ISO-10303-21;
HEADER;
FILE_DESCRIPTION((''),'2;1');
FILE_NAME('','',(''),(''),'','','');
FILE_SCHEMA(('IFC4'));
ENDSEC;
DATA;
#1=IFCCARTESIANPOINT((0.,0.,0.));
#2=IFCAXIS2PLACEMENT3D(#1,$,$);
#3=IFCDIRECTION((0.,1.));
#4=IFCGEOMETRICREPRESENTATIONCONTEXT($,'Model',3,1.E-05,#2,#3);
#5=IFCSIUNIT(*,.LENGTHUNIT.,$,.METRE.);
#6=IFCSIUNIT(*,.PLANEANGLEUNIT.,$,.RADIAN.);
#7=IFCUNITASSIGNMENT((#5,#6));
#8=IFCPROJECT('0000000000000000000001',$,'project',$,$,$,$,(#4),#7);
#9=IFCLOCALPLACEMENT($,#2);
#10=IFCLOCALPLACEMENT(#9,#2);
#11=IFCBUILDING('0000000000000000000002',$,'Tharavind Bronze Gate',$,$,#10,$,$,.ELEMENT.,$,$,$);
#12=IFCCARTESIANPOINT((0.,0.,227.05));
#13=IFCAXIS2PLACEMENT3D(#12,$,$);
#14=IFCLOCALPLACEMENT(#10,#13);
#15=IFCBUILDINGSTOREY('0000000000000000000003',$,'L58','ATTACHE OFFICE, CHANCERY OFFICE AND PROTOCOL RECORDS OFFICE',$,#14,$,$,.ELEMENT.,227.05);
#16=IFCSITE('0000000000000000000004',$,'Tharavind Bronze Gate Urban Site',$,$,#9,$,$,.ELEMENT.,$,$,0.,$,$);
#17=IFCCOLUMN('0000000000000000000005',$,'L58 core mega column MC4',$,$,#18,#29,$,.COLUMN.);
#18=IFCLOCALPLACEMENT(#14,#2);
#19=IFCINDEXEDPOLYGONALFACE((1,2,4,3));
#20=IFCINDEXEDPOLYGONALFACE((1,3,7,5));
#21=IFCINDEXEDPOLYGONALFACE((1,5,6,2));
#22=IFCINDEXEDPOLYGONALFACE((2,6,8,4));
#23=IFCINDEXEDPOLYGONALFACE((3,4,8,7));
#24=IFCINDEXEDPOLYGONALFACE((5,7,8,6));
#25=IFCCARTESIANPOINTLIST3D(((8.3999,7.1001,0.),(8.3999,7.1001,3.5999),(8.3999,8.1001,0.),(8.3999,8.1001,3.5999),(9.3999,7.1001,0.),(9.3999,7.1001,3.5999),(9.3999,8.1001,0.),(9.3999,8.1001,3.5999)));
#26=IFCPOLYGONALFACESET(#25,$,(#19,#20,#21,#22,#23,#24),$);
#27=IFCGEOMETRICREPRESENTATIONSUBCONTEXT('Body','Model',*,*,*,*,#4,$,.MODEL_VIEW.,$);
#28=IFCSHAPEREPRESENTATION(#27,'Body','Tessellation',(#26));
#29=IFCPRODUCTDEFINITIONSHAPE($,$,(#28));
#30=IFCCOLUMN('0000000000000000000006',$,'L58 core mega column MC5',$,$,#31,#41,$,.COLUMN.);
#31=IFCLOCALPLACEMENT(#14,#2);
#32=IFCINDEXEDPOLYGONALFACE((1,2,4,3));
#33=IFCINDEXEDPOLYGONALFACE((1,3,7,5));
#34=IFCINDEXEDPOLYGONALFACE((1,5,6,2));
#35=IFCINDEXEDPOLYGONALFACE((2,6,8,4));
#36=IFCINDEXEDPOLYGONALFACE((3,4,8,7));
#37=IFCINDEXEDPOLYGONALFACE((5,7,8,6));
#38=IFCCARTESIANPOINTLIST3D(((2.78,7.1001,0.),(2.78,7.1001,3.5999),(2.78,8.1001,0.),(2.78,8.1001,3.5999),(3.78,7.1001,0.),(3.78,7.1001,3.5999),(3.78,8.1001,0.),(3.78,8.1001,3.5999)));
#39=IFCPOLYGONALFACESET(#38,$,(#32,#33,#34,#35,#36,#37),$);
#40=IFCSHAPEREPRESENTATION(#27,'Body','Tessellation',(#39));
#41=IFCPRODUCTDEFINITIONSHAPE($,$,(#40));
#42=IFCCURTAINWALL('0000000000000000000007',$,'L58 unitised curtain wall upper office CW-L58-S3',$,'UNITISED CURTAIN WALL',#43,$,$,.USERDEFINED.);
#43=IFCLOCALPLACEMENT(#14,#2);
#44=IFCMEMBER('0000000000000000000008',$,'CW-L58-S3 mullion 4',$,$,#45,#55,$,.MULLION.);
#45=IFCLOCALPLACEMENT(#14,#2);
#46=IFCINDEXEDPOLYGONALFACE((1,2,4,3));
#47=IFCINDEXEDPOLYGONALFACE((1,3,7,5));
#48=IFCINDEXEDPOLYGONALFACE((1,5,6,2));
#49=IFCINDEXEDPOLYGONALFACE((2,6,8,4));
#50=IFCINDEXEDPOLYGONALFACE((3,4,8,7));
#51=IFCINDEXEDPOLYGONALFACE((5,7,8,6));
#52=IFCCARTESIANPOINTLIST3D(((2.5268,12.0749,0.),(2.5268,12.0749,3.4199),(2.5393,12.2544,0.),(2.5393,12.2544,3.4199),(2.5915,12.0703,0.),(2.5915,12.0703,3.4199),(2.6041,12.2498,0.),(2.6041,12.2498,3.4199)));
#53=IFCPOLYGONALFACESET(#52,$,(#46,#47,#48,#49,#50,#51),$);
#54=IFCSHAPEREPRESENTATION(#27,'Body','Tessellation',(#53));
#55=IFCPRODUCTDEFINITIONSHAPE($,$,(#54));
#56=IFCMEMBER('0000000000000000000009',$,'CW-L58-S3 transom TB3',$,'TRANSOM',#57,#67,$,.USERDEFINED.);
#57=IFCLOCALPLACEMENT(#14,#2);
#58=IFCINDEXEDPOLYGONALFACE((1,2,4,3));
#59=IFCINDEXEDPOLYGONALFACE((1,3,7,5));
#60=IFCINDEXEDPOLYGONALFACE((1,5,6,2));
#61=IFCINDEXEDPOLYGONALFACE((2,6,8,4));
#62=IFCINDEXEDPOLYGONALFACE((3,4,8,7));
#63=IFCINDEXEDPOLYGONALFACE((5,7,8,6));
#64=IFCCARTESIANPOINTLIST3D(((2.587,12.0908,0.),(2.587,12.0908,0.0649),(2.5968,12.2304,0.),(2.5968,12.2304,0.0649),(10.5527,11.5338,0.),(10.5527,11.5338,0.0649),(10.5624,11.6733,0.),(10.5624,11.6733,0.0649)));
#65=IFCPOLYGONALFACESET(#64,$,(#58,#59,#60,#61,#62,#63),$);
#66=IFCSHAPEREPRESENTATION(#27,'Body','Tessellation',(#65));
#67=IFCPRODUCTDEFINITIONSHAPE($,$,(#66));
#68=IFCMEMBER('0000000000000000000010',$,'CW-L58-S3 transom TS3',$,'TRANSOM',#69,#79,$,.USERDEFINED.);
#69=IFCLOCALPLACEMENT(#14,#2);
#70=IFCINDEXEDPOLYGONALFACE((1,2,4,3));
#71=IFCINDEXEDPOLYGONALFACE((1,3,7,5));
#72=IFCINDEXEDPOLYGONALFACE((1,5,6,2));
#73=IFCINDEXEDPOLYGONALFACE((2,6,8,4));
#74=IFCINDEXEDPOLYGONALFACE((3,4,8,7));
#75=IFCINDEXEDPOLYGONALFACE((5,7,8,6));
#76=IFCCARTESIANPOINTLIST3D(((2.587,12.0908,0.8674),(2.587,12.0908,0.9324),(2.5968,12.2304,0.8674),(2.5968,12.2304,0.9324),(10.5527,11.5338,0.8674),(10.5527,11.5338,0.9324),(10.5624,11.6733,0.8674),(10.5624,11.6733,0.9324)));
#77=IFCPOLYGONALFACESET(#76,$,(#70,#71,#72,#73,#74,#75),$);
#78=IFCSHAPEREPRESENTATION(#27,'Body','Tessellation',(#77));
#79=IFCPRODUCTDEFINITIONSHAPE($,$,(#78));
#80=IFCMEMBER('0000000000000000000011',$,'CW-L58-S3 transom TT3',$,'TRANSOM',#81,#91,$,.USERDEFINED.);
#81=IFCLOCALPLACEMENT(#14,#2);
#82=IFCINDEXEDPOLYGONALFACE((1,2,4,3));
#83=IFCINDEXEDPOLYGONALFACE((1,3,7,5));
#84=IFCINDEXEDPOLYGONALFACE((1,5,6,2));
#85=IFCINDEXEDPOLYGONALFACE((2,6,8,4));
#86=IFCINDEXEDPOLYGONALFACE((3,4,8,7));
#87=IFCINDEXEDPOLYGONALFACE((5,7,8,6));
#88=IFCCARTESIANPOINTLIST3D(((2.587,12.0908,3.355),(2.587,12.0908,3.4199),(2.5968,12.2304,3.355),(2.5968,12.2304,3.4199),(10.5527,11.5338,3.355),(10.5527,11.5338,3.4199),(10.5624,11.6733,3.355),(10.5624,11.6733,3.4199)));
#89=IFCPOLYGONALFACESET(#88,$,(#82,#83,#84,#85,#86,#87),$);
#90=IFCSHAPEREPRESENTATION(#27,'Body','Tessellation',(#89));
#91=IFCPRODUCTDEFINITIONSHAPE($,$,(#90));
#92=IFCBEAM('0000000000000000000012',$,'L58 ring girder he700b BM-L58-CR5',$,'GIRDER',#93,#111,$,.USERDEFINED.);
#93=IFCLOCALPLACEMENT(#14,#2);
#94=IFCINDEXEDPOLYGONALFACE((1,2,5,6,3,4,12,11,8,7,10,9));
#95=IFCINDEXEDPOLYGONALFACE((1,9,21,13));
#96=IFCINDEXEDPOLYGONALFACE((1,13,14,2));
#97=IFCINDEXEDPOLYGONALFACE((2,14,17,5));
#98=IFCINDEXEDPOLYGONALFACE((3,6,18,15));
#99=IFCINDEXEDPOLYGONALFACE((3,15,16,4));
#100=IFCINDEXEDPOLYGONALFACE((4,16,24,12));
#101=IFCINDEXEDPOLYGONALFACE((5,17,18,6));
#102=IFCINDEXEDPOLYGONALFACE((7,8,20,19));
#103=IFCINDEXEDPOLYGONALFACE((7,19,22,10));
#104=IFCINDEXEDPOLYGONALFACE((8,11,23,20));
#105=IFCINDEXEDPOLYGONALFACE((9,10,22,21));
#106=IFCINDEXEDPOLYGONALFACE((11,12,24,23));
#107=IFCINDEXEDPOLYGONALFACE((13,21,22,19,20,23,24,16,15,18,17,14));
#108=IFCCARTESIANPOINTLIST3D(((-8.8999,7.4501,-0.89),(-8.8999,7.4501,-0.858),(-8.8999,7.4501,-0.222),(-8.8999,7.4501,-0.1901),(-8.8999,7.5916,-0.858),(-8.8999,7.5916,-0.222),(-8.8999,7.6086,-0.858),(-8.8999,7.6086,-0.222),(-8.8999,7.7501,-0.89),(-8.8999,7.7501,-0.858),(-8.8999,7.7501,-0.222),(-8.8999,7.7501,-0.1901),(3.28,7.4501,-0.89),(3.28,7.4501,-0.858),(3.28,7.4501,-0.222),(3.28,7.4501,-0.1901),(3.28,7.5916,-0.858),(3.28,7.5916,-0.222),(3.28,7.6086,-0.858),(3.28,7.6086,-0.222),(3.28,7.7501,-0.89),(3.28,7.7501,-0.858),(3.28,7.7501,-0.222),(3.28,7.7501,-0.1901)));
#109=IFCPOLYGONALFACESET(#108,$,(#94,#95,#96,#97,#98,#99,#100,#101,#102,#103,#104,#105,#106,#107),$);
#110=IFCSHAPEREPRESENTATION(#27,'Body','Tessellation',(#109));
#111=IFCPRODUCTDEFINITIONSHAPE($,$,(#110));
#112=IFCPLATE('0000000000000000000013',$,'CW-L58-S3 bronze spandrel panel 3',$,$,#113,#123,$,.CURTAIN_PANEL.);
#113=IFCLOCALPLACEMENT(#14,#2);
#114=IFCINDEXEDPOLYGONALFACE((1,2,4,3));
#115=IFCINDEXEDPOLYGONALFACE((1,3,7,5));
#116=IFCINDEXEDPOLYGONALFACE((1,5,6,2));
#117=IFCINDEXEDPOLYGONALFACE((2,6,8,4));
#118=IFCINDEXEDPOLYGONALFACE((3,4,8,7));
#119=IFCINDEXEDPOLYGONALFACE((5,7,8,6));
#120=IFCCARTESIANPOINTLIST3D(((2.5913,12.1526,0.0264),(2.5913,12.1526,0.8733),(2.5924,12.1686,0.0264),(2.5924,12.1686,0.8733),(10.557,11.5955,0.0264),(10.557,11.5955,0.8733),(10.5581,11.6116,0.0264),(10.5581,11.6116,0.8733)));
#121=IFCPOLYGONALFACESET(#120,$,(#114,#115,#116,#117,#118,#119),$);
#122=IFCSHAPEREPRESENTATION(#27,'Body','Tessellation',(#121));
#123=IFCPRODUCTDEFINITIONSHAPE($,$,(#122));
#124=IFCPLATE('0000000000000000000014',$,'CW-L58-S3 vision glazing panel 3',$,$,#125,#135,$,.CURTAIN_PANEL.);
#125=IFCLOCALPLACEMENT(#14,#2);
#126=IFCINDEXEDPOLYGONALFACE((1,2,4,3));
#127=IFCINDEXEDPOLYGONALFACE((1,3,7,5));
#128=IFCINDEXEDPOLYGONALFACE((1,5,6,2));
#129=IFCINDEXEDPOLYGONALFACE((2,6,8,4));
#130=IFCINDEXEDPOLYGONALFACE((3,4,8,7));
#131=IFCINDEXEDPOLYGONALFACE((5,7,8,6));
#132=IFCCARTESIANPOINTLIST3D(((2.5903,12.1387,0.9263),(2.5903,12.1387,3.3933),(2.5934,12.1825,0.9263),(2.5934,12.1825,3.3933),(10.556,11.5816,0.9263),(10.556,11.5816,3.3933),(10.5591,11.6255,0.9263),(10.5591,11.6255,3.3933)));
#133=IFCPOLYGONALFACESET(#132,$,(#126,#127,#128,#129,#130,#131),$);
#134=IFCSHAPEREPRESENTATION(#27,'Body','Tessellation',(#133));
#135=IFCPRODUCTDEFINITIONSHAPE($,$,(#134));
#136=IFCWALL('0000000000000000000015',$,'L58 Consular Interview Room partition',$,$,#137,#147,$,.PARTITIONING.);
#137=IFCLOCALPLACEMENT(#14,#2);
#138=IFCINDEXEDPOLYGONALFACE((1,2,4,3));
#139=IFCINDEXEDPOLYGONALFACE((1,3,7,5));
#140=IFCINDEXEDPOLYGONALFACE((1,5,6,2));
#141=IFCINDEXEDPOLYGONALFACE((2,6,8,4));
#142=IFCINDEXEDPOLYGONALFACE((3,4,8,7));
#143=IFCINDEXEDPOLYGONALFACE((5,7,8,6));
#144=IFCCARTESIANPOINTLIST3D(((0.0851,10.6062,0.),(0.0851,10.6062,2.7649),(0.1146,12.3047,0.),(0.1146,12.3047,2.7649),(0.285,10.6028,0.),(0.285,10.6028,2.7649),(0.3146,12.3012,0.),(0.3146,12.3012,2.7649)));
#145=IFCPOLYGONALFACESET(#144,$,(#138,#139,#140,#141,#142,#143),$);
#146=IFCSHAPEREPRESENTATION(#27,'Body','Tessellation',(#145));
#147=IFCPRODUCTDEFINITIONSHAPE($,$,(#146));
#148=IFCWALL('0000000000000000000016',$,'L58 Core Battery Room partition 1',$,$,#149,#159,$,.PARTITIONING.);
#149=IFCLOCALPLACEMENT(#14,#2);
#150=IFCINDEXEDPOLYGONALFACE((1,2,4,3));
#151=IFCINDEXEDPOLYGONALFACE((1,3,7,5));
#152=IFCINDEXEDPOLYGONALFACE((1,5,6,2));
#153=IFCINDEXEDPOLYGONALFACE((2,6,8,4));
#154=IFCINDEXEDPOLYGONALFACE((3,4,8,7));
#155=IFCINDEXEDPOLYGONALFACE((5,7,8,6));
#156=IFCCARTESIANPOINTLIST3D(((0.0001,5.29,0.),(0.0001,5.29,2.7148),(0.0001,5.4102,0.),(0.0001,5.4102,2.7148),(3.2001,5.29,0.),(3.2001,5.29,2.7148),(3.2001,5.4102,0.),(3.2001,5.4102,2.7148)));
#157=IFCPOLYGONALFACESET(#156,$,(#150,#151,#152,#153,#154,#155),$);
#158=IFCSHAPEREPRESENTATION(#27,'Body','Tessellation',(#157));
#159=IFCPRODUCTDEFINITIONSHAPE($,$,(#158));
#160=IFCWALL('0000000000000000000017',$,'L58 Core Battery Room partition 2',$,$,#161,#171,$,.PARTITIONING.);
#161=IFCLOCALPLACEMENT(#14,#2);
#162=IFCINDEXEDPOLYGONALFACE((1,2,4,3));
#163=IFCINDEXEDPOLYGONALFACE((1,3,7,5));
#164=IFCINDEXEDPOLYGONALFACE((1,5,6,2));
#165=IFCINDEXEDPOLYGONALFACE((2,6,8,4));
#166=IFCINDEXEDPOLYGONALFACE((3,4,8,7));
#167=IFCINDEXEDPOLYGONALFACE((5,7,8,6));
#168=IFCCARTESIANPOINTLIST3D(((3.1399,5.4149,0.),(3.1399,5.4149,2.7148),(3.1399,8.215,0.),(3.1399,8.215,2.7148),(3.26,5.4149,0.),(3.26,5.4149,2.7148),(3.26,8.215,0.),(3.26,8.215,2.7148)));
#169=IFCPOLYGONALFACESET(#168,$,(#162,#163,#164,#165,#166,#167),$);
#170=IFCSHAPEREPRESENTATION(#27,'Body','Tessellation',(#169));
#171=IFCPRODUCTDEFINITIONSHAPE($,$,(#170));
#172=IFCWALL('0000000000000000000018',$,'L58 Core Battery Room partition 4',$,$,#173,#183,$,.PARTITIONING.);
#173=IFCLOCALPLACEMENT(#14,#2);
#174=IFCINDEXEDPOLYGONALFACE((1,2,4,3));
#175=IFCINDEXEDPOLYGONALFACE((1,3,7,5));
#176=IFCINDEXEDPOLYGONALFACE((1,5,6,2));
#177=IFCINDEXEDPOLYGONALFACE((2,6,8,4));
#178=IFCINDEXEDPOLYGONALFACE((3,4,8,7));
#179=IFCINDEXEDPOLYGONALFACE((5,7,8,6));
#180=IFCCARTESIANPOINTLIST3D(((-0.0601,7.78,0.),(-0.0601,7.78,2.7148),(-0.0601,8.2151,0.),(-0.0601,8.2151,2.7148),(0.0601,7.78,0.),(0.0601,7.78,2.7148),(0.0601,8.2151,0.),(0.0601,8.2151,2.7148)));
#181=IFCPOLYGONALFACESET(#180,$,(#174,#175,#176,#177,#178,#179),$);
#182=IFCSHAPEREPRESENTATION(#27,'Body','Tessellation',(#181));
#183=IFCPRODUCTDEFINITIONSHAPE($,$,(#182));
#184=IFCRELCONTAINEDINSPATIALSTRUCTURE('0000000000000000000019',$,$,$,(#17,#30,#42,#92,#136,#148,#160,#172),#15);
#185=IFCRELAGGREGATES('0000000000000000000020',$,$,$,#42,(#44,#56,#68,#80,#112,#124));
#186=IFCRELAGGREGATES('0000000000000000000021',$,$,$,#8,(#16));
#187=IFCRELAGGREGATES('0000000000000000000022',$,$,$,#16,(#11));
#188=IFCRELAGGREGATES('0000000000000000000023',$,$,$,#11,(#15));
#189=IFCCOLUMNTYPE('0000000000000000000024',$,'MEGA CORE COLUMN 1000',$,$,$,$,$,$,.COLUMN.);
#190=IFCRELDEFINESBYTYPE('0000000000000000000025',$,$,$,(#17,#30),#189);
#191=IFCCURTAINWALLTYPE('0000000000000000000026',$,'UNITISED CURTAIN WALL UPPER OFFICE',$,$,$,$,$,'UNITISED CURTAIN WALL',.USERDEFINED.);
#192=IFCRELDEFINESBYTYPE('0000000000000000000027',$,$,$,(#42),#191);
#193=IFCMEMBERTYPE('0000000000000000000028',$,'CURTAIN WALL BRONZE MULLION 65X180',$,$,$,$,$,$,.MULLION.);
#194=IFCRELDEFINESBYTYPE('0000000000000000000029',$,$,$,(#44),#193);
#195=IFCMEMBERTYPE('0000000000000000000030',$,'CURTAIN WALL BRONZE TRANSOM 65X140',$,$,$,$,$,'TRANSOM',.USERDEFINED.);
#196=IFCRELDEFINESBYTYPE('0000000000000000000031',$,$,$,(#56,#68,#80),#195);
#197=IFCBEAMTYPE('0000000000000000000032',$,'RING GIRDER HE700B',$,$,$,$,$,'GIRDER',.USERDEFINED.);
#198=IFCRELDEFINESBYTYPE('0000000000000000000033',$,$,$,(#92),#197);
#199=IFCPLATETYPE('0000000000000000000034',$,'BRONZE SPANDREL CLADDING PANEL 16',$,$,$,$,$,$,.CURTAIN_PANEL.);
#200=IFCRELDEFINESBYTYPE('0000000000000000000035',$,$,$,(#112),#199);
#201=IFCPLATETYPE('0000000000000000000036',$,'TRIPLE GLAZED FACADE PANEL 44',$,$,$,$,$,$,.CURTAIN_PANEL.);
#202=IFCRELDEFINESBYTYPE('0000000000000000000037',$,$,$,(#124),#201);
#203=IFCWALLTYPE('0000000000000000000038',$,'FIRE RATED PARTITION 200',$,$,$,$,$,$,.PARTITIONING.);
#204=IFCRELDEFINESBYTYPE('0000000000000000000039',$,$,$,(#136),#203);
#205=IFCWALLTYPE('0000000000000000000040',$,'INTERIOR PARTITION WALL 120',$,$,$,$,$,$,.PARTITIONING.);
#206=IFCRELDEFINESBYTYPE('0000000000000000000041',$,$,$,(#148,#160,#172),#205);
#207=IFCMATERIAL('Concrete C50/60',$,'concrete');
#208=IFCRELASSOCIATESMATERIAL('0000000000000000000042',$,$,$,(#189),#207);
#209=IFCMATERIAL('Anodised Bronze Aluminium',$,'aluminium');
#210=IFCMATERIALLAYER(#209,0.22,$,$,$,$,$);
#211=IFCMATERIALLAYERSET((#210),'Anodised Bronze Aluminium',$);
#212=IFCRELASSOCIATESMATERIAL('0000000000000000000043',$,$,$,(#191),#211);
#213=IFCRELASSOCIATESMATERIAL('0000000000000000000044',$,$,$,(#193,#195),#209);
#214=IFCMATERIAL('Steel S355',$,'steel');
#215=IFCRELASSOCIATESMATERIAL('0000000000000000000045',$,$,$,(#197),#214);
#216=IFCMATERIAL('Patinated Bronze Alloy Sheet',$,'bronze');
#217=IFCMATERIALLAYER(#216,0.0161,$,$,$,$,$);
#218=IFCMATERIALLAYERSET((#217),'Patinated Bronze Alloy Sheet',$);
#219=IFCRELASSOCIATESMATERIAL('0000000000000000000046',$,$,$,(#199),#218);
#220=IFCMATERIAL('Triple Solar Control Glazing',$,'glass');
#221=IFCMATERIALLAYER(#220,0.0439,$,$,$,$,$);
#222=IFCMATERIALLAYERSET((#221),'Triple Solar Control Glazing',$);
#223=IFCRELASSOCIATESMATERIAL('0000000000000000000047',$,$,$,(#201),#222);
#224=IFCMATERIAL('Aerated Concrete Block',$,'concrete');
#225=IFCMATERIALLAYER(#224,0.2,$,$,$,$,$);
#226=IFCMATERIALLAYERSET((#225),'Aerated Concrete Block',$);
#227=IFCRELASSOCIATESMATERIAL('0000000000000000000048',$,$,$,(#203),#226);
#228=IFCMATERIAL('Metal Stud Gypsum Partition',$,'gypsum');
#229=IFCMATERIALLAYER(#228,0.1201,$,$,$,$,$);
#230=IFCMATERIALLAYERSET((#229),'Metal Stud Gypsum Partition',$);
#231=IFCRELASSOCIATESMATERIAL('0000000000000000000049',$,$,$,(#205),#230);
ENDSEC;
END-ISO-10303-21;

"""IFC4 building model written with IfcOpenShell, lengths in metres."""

from ifc_helpers import new_model, si_unit, direction, frame, frame_2d, origin, origin_2d, place, context, subcontext, project, spatial, rectangle, i_section, extrude, material, layer, layer_set, material_profile, profile_set, type_object, element, aggregate, save


model = new_model("IFC4")

# Units and contexts
model_context = context("Model", 3, precision=1e-05, world=origin(), true_north=direction((0.0, 1.0)))
body_context = subcontext(model_context, "Body", "Model", "MODEL_VIEW")
ifc_project = project(units=[si_unit("LENGTHUNIT", "METRE"), si_unit("PLANEANGLEUNIT", "RADIAN")], contexts=[model_context])

# Site, building, storey
site_placement = place(None, origin())
site = spatial("IfcSite", under=ifc_project, at=site_placement, Name="Tharavind Bronze Gate Urban Site", CompositionType="ELEMENT", RefElevation=0.0)
building_placement = place(site_placement, origin())
building = spatial("IfcBuilding", under=site, at=building_placement, Name="Tharavind Bronze Gate", CompositionType="ELEMENT")
storey_placement = place(building_placement, frame((0.0, 0.0, 227.05)))
storey = spatial("IfcBuildingStorey", under=building, at=storey_placement, Name="L58", Description="ATTACHE OFFICE, CHANCERY OFFICE AND PROTOCOL RECORDS OFFICE", CompositionType="ELEMENT", Elevation=227.05)

# Columns
ifc_material_1 = material(Name="Concrete C50/60", Category="concrete")
ifc_material_profile_1 = material_profile(ifc_material_1, rectangle(XDim=1.0, YDim=1.0, at=origin_2d()), Name="RCCOL1000")
ifc_profile_set_1 = profile_set([ifc_material_profile_1], Name="Concrete C50/60")
column_type = type_object("IfcColumnType", Name="MEGA CORE COLUMN 1000", PredefinedType="COLUMN", material=ifc_profile_set_1)
for number, where, z_axis, x_axis, name in (
    (1, (8.8999, 7.6001, 0.0), (0.0, 0.0, 1.0), (1.0, 0.0, 0.0), "L58 core mega column MC4"),
    (2, (3.28, 7.6001, 0.0), (0.0, 0.0, 1.0), (1.0, 0.0, 0.0), "L58 core mega column MC5"),
):
    element("IfcColumn", number, at=place(storey_placement, frame(where, z_axis=z_axis, x_axis=x_axis)), inside=storey, type_object=column_type, Name=name, PredefinedType="COLUMN", context=body_context, shape_type="SweptSolid", body=[
        extrude(rectangle(XDim=1.0, YDim=1.0, at=origin_2d()), origin(), (0.0, 0.0, 1.0), 3.5999),
    ])

# Curtain wall, members
ifc_material_2 = material(Name="Anodised Bronze Aluminium", Category="aluminium")
ifc_layer_1 = layer(ifc_material_2, 0.22)
ifc_layer_set_1 = layer_set([ifc_layer_1], Name="Anodised Bronze Aluminium")
curtain_wall_type = type_object("IfcCurtainWallType", Name="UNITISED CURTAIN WALL UPPER OFFICE", ElementType="UNITISED CURTAIN WALL", PredefinedType="USERDEFINED", material=ifc_layer_set_1)
curtain_wall_placement = place(storey_placement, origin())
curtain_wall = element("IfcCurtainWall", 3, at=curtain_wall_placement, inside=storey, type_object=curtain_wall_type, Name="L58 unitised curtain wall upper office CW-L58-S3", ObjectType="UNITISED CURTAIN WALL", PredefinedType="USERDEFINED")
member_type_1 = type_object("IfcMemberType", Name="CURTAIN WALL BRONZE MULLION 65X180", PredefinedType="MULLION", material=ifc_material_2)
member_1_placement = place(storey_placement, frame((2.5654, 12.1624, 0.0), z_axis=(0.0, 0.0, 1.0), x_axis=(-0.997564, 0.069758, 0.0)))
member_1 = element("IfcMember", 4, at=member_1_placement, type_object=member_type_1, Name="CW-L58-S3 mullion 4", PredefinedType="MULLION", context=body_context, shape_type="SweptSolid", body=[
    extrude(rectangle(XDim=0.0649, YDim=0.1799, at=origin_2d()), origin(), (0.0, 0.0, 1.0), 3.4199),
])
member_type_2 = type_object("IfcMemberType", Name="CURTAIN WALL BRONZE TRANSOM 65X140", ElementType="TRANSOM", PredefinedType="USERDEFINED", material=ifc_material_2)
member_2_placement = place(storey_placement, frame((6.5747, 11.8821, 0.0), z_axis=(0.0, 0.0, 1.0), x_axis=(-0.997564, 0.069758, 0.0)))
member_2 = element("IfcMember", 5, at=member_2_placement, type_object=member_type_2, Name="CW-L58-S3 transom TB3", ObjectType="TRANSOM", PredefinedType="USERDEFINED", context=body_context, shape_type="SweptSolid", body=[
    extrude(rectangle(XDim=7.9851, YDim=0.1399, at=origin_2d()), origin(), (0.0, 0.0, 1.0), 0.0649),
])
member_3_placement = place(storey_placement, frame((6.5747, 11.8821, 0.8674), z_axis=(0.0, 0.0, 1.0), x_axis=(-0.997564, 0.069758, 0.0)))
member_3 = element("IfcMember", 6, at=member_3_placement, type_object=member_type_2, Name="CW-L58-S3 transom TS3", ObjectType="TRANSOM", PredefinedType="USERDEFINED", context=body_context, shape_type="SweptSolid", body=[
    extrude(rectangle(XDim=7.9851, YDim=0.1399, at=origin_2d()), origin(), (0.0, 0.0, 1.0), 0.0649),
])
member_4_placement = place(storey_placement, frame((6.5747, 11.8821, 3.355), z_axis=(0.0, 0.0, 1.0), x_axis=(-0.997564, 0.069758, 0.0)))
member_4 = element("IfcMember", 7, at=member_4_placement, type_object=member_type_2, Name="CW-L58-S3 transom TT3", ObjectType="TRANSOM", PredefinedType="USERDEFINED", context=body_context, shape_type="SweptSolid", body=[
    extrude(rectangle(XDim=7.9851, YDim=0.1399, at=origin_2d()), origin(), (0.0, 0.0, 1.0), 0.0649),
])

# Beam
ifc_material_3 = material(Name="Steel S355", Category="steel")
ifc_material_profile_2 = material_profile(ifc_material_3, i_section(OverallWidth=0.3, OverallDepth=0.7, WebThickness=0.0171, FlangeThickness=0.032, at=origin_2d()), Name="HE700B")
ifc_profile_set_2 = profile_set([ifc_material_profile_2], Name="Steel S355")
beam_type = type_object("IfcBeamType", Name="RING GIRDER HE700B", ElementType="GIRDER", PredefinedType="USERDEFINED", material=ifc_profile_set_2)
beam_placement = place(storey_placement, frame((3.28, 7.6001, -0.54), z_axis=(-1.0, 0.0, 0.0), x_axis=(0.0, -1.0, 0.0)))
element("IfcBeam", 8, at=beam_placement, inside=storey, type_object=beam_type, Name="L58 ring girder he700b BM-L58-CR5", ObjectType="GIRDER", PredefinedType="USERDEFINED", context=body_context, shape_type="SweptSolid", body=[
    extrude(i_section(OverallWidth=0.3, OverallDepth=0.7, WebThickness=0.0171, FlangeThickness=0.032, at=origin_2d()), origin(), (0.0, 0.0, 1.0), 12.1799),
])

# Plates
ifc_material_4 = material(Name="Patinated Bronze Alloy Sheet", Category="bronze")
ifc_layer_2 = layer(ifc_material_4, 0.0161)
ifc_layer_set_2 = layer_set([ifc_layer_2], Name="Patinated Bronze Alloy Sheet")
plate_type_1 = type_object("IfcPlateType", Name="BRONZE SPANDREL CLADDING PANEL 16", PredefinedType="CURTAIN_PANEL", material=ifc_layer_set_2)
plate_1_placement = place(storey_placement, frame((6.5747, 11.8821, 0.0264), z_axis=(0.0, 0.0, 1.0), x_axis=(-0.997564, 0.069758, 0.0)))
plate_1 = element("IfcPlate", 9, at=plate_1_placement, type_object=plate_type_1, Name="CW-L58-S3 bronze spandrel panel 3", PredefinedType="CURTAIN_PANEL", context=body_context, shape_type="SweptSolid", body=[
    extrude(rectangle(XDim=7.9851, YDim=0.0161, at=origin_2d()), origin(), (0.0, 0.0, 1.0), 0.8469),
])
ifc_material_5 = material(Name="Triple Solar Control Glazing", Category="glass")
ifc_layer_3 = layer(ifc_material_5, 0.0439)
ifc_layer_set_3 = layer_set([ifc_layer_3], Name="Triple Solar Control Glazing")
plate_type_2 = type_object("IfcPlateType", Name="TRIPLE GLAZED FACADE PANEL 44", PredefinedType="CURTAIN_PANEL", material=ifc_layer_set_3)
plate_2_placement = place(storey_placement, frame((6.5747, 11.8821, 0.9263), z_axis=(0.0, 0.0, 1.0), x_axis=(-0.997564, 0.069758, 0.0)))
plate_2 = element("IfcPlate", 10, at=plate_2_placement, type_object=plate_type_2, Name="CW-L58-S3 vision glazing panel 3", PredefinedType="CURTAIN_PANEL", context=body_context, shape_type="SweptSolid", body=[
    extrude(rectangle(XDim=7.9851, YDim=0.0439, at=origin_2d()), origin(), (0.0, 0.0, 1.0), 2.467),
])
aggregate(curtain_wall, [member_1, member_2, member_3, member_4, plate_1, plate_2])

# Wall
ifc_material_6 = material(Name="Aerated Concrete Block", Category="concrete")
ifc_layer_4 = layer(ifc_material_6, 0.2)
ifc_layer_set_4 = layer_set([ifc_layer_4], Name="Aerated Concrete Block")
wall_type_1 = type_object("IfcWallType", Name="FIRE RATED PARTITION 200", PredefinedType="PARTITIONING", material=ifc_layer_set_4)
wall_1_placement = place(storey_placement, frame((0.2146, 12.303, 0.0), z_axis=(0.0, 0.0, 1.0), x_axis=(-0.01739, -0.999849, 0.0)))
element("IfcWall", 11, at=wall_1_placement, inside=storey, type_object=wall_type_1, Name="L58 Consular Interview Room partition", PredefinedType="PARTITIONING", context=body_context, shape_type="SweptSolid", body=[
    extrude(rectangle(XDim=1.6987, YDim=0.2, at=frame_2d((0.8494, 0.0))), origin(), (0.0, 0.0, 1.0), 2.7649),
])

# Walls
ifc_material_7 = material(Name="Metal Stud Gypsum Partition", Category="gypsum")
ifc_layer_5 = layer(ifc_material_7, 0.1201)
ifc_layer_set_5 = layer_set([ifc_layer_5], Name="Metal Stud Gypsum Partition")
wall_type_2 = type_object("IfcWallType", Name="INTERIOR PARTITION WALL 120", PredefinedType="PARTITIONING", material=ifc_layer_set_5)
wall_2_placement = place(storey_placement, frame((0.0, 5.3501, 0.0), z_axis=(0.0, 0.0, 1.0), x_axis=(1.0, 0.0, 0.0)))
element("IfcWall", 12, at=wall_2_placement, inside=storey, type_object=wall_type_2, Name="L58 Core Battery Room partition 1", PredefinedType="PARTITIONING", context=body_context, shape_type="SweptSolid", body=[
    extrude(rectangle(XDim=3.2, YDim=0.1201, at=frame_2d((1.6001, 0.0))), origin(), (0.0, 0.0, 1.0), 2.7148),
])
wall_3_placement = place(storey_placement, frame((3.2, 5.415, 0.0), z_axis=(0.0, 0.0, 1.0), x_axis=(0.0, 1.0, 0.0)))
element("IfcWall", 13, at=wall_3_placement, inside=storey, type_object=wall_type_2, Name="L58 Core Battery Room partition 2", PredefinedType="PARTITIONING", context=body_context, shape_type="SweptSolid", body=[
    extrude(rectangle(XDim=2.8, YDim=0.1201, at=frame_2d((1.3999, 0.0))), origin(), (0.0, 0.0, 1.0), 2.7148),
])
wall_4_placement = place(storey_placement, frame((0.0, 8.2151, 0.0), z_axis=(0.0, 0.0, 1.0), x_axis=(0.0, -1.0, 0.0)))
element("IfcWall", 14, at=wall_4_placement, inside=storey, type_object=wall_type_2, Name="L58 Core Battery Room partition 4", PredefinedType="PARTITIONING", context=body_context, shape_type="SweptSolid", body=[
    extrude(rectangle(XDim=0.4351, YDim=0.1201, at=frame_2d((0.2175, 0.0))), origin(), (0.0, 0.0, 1.0), 2.7148),
])

save(model, "model.ifc")
